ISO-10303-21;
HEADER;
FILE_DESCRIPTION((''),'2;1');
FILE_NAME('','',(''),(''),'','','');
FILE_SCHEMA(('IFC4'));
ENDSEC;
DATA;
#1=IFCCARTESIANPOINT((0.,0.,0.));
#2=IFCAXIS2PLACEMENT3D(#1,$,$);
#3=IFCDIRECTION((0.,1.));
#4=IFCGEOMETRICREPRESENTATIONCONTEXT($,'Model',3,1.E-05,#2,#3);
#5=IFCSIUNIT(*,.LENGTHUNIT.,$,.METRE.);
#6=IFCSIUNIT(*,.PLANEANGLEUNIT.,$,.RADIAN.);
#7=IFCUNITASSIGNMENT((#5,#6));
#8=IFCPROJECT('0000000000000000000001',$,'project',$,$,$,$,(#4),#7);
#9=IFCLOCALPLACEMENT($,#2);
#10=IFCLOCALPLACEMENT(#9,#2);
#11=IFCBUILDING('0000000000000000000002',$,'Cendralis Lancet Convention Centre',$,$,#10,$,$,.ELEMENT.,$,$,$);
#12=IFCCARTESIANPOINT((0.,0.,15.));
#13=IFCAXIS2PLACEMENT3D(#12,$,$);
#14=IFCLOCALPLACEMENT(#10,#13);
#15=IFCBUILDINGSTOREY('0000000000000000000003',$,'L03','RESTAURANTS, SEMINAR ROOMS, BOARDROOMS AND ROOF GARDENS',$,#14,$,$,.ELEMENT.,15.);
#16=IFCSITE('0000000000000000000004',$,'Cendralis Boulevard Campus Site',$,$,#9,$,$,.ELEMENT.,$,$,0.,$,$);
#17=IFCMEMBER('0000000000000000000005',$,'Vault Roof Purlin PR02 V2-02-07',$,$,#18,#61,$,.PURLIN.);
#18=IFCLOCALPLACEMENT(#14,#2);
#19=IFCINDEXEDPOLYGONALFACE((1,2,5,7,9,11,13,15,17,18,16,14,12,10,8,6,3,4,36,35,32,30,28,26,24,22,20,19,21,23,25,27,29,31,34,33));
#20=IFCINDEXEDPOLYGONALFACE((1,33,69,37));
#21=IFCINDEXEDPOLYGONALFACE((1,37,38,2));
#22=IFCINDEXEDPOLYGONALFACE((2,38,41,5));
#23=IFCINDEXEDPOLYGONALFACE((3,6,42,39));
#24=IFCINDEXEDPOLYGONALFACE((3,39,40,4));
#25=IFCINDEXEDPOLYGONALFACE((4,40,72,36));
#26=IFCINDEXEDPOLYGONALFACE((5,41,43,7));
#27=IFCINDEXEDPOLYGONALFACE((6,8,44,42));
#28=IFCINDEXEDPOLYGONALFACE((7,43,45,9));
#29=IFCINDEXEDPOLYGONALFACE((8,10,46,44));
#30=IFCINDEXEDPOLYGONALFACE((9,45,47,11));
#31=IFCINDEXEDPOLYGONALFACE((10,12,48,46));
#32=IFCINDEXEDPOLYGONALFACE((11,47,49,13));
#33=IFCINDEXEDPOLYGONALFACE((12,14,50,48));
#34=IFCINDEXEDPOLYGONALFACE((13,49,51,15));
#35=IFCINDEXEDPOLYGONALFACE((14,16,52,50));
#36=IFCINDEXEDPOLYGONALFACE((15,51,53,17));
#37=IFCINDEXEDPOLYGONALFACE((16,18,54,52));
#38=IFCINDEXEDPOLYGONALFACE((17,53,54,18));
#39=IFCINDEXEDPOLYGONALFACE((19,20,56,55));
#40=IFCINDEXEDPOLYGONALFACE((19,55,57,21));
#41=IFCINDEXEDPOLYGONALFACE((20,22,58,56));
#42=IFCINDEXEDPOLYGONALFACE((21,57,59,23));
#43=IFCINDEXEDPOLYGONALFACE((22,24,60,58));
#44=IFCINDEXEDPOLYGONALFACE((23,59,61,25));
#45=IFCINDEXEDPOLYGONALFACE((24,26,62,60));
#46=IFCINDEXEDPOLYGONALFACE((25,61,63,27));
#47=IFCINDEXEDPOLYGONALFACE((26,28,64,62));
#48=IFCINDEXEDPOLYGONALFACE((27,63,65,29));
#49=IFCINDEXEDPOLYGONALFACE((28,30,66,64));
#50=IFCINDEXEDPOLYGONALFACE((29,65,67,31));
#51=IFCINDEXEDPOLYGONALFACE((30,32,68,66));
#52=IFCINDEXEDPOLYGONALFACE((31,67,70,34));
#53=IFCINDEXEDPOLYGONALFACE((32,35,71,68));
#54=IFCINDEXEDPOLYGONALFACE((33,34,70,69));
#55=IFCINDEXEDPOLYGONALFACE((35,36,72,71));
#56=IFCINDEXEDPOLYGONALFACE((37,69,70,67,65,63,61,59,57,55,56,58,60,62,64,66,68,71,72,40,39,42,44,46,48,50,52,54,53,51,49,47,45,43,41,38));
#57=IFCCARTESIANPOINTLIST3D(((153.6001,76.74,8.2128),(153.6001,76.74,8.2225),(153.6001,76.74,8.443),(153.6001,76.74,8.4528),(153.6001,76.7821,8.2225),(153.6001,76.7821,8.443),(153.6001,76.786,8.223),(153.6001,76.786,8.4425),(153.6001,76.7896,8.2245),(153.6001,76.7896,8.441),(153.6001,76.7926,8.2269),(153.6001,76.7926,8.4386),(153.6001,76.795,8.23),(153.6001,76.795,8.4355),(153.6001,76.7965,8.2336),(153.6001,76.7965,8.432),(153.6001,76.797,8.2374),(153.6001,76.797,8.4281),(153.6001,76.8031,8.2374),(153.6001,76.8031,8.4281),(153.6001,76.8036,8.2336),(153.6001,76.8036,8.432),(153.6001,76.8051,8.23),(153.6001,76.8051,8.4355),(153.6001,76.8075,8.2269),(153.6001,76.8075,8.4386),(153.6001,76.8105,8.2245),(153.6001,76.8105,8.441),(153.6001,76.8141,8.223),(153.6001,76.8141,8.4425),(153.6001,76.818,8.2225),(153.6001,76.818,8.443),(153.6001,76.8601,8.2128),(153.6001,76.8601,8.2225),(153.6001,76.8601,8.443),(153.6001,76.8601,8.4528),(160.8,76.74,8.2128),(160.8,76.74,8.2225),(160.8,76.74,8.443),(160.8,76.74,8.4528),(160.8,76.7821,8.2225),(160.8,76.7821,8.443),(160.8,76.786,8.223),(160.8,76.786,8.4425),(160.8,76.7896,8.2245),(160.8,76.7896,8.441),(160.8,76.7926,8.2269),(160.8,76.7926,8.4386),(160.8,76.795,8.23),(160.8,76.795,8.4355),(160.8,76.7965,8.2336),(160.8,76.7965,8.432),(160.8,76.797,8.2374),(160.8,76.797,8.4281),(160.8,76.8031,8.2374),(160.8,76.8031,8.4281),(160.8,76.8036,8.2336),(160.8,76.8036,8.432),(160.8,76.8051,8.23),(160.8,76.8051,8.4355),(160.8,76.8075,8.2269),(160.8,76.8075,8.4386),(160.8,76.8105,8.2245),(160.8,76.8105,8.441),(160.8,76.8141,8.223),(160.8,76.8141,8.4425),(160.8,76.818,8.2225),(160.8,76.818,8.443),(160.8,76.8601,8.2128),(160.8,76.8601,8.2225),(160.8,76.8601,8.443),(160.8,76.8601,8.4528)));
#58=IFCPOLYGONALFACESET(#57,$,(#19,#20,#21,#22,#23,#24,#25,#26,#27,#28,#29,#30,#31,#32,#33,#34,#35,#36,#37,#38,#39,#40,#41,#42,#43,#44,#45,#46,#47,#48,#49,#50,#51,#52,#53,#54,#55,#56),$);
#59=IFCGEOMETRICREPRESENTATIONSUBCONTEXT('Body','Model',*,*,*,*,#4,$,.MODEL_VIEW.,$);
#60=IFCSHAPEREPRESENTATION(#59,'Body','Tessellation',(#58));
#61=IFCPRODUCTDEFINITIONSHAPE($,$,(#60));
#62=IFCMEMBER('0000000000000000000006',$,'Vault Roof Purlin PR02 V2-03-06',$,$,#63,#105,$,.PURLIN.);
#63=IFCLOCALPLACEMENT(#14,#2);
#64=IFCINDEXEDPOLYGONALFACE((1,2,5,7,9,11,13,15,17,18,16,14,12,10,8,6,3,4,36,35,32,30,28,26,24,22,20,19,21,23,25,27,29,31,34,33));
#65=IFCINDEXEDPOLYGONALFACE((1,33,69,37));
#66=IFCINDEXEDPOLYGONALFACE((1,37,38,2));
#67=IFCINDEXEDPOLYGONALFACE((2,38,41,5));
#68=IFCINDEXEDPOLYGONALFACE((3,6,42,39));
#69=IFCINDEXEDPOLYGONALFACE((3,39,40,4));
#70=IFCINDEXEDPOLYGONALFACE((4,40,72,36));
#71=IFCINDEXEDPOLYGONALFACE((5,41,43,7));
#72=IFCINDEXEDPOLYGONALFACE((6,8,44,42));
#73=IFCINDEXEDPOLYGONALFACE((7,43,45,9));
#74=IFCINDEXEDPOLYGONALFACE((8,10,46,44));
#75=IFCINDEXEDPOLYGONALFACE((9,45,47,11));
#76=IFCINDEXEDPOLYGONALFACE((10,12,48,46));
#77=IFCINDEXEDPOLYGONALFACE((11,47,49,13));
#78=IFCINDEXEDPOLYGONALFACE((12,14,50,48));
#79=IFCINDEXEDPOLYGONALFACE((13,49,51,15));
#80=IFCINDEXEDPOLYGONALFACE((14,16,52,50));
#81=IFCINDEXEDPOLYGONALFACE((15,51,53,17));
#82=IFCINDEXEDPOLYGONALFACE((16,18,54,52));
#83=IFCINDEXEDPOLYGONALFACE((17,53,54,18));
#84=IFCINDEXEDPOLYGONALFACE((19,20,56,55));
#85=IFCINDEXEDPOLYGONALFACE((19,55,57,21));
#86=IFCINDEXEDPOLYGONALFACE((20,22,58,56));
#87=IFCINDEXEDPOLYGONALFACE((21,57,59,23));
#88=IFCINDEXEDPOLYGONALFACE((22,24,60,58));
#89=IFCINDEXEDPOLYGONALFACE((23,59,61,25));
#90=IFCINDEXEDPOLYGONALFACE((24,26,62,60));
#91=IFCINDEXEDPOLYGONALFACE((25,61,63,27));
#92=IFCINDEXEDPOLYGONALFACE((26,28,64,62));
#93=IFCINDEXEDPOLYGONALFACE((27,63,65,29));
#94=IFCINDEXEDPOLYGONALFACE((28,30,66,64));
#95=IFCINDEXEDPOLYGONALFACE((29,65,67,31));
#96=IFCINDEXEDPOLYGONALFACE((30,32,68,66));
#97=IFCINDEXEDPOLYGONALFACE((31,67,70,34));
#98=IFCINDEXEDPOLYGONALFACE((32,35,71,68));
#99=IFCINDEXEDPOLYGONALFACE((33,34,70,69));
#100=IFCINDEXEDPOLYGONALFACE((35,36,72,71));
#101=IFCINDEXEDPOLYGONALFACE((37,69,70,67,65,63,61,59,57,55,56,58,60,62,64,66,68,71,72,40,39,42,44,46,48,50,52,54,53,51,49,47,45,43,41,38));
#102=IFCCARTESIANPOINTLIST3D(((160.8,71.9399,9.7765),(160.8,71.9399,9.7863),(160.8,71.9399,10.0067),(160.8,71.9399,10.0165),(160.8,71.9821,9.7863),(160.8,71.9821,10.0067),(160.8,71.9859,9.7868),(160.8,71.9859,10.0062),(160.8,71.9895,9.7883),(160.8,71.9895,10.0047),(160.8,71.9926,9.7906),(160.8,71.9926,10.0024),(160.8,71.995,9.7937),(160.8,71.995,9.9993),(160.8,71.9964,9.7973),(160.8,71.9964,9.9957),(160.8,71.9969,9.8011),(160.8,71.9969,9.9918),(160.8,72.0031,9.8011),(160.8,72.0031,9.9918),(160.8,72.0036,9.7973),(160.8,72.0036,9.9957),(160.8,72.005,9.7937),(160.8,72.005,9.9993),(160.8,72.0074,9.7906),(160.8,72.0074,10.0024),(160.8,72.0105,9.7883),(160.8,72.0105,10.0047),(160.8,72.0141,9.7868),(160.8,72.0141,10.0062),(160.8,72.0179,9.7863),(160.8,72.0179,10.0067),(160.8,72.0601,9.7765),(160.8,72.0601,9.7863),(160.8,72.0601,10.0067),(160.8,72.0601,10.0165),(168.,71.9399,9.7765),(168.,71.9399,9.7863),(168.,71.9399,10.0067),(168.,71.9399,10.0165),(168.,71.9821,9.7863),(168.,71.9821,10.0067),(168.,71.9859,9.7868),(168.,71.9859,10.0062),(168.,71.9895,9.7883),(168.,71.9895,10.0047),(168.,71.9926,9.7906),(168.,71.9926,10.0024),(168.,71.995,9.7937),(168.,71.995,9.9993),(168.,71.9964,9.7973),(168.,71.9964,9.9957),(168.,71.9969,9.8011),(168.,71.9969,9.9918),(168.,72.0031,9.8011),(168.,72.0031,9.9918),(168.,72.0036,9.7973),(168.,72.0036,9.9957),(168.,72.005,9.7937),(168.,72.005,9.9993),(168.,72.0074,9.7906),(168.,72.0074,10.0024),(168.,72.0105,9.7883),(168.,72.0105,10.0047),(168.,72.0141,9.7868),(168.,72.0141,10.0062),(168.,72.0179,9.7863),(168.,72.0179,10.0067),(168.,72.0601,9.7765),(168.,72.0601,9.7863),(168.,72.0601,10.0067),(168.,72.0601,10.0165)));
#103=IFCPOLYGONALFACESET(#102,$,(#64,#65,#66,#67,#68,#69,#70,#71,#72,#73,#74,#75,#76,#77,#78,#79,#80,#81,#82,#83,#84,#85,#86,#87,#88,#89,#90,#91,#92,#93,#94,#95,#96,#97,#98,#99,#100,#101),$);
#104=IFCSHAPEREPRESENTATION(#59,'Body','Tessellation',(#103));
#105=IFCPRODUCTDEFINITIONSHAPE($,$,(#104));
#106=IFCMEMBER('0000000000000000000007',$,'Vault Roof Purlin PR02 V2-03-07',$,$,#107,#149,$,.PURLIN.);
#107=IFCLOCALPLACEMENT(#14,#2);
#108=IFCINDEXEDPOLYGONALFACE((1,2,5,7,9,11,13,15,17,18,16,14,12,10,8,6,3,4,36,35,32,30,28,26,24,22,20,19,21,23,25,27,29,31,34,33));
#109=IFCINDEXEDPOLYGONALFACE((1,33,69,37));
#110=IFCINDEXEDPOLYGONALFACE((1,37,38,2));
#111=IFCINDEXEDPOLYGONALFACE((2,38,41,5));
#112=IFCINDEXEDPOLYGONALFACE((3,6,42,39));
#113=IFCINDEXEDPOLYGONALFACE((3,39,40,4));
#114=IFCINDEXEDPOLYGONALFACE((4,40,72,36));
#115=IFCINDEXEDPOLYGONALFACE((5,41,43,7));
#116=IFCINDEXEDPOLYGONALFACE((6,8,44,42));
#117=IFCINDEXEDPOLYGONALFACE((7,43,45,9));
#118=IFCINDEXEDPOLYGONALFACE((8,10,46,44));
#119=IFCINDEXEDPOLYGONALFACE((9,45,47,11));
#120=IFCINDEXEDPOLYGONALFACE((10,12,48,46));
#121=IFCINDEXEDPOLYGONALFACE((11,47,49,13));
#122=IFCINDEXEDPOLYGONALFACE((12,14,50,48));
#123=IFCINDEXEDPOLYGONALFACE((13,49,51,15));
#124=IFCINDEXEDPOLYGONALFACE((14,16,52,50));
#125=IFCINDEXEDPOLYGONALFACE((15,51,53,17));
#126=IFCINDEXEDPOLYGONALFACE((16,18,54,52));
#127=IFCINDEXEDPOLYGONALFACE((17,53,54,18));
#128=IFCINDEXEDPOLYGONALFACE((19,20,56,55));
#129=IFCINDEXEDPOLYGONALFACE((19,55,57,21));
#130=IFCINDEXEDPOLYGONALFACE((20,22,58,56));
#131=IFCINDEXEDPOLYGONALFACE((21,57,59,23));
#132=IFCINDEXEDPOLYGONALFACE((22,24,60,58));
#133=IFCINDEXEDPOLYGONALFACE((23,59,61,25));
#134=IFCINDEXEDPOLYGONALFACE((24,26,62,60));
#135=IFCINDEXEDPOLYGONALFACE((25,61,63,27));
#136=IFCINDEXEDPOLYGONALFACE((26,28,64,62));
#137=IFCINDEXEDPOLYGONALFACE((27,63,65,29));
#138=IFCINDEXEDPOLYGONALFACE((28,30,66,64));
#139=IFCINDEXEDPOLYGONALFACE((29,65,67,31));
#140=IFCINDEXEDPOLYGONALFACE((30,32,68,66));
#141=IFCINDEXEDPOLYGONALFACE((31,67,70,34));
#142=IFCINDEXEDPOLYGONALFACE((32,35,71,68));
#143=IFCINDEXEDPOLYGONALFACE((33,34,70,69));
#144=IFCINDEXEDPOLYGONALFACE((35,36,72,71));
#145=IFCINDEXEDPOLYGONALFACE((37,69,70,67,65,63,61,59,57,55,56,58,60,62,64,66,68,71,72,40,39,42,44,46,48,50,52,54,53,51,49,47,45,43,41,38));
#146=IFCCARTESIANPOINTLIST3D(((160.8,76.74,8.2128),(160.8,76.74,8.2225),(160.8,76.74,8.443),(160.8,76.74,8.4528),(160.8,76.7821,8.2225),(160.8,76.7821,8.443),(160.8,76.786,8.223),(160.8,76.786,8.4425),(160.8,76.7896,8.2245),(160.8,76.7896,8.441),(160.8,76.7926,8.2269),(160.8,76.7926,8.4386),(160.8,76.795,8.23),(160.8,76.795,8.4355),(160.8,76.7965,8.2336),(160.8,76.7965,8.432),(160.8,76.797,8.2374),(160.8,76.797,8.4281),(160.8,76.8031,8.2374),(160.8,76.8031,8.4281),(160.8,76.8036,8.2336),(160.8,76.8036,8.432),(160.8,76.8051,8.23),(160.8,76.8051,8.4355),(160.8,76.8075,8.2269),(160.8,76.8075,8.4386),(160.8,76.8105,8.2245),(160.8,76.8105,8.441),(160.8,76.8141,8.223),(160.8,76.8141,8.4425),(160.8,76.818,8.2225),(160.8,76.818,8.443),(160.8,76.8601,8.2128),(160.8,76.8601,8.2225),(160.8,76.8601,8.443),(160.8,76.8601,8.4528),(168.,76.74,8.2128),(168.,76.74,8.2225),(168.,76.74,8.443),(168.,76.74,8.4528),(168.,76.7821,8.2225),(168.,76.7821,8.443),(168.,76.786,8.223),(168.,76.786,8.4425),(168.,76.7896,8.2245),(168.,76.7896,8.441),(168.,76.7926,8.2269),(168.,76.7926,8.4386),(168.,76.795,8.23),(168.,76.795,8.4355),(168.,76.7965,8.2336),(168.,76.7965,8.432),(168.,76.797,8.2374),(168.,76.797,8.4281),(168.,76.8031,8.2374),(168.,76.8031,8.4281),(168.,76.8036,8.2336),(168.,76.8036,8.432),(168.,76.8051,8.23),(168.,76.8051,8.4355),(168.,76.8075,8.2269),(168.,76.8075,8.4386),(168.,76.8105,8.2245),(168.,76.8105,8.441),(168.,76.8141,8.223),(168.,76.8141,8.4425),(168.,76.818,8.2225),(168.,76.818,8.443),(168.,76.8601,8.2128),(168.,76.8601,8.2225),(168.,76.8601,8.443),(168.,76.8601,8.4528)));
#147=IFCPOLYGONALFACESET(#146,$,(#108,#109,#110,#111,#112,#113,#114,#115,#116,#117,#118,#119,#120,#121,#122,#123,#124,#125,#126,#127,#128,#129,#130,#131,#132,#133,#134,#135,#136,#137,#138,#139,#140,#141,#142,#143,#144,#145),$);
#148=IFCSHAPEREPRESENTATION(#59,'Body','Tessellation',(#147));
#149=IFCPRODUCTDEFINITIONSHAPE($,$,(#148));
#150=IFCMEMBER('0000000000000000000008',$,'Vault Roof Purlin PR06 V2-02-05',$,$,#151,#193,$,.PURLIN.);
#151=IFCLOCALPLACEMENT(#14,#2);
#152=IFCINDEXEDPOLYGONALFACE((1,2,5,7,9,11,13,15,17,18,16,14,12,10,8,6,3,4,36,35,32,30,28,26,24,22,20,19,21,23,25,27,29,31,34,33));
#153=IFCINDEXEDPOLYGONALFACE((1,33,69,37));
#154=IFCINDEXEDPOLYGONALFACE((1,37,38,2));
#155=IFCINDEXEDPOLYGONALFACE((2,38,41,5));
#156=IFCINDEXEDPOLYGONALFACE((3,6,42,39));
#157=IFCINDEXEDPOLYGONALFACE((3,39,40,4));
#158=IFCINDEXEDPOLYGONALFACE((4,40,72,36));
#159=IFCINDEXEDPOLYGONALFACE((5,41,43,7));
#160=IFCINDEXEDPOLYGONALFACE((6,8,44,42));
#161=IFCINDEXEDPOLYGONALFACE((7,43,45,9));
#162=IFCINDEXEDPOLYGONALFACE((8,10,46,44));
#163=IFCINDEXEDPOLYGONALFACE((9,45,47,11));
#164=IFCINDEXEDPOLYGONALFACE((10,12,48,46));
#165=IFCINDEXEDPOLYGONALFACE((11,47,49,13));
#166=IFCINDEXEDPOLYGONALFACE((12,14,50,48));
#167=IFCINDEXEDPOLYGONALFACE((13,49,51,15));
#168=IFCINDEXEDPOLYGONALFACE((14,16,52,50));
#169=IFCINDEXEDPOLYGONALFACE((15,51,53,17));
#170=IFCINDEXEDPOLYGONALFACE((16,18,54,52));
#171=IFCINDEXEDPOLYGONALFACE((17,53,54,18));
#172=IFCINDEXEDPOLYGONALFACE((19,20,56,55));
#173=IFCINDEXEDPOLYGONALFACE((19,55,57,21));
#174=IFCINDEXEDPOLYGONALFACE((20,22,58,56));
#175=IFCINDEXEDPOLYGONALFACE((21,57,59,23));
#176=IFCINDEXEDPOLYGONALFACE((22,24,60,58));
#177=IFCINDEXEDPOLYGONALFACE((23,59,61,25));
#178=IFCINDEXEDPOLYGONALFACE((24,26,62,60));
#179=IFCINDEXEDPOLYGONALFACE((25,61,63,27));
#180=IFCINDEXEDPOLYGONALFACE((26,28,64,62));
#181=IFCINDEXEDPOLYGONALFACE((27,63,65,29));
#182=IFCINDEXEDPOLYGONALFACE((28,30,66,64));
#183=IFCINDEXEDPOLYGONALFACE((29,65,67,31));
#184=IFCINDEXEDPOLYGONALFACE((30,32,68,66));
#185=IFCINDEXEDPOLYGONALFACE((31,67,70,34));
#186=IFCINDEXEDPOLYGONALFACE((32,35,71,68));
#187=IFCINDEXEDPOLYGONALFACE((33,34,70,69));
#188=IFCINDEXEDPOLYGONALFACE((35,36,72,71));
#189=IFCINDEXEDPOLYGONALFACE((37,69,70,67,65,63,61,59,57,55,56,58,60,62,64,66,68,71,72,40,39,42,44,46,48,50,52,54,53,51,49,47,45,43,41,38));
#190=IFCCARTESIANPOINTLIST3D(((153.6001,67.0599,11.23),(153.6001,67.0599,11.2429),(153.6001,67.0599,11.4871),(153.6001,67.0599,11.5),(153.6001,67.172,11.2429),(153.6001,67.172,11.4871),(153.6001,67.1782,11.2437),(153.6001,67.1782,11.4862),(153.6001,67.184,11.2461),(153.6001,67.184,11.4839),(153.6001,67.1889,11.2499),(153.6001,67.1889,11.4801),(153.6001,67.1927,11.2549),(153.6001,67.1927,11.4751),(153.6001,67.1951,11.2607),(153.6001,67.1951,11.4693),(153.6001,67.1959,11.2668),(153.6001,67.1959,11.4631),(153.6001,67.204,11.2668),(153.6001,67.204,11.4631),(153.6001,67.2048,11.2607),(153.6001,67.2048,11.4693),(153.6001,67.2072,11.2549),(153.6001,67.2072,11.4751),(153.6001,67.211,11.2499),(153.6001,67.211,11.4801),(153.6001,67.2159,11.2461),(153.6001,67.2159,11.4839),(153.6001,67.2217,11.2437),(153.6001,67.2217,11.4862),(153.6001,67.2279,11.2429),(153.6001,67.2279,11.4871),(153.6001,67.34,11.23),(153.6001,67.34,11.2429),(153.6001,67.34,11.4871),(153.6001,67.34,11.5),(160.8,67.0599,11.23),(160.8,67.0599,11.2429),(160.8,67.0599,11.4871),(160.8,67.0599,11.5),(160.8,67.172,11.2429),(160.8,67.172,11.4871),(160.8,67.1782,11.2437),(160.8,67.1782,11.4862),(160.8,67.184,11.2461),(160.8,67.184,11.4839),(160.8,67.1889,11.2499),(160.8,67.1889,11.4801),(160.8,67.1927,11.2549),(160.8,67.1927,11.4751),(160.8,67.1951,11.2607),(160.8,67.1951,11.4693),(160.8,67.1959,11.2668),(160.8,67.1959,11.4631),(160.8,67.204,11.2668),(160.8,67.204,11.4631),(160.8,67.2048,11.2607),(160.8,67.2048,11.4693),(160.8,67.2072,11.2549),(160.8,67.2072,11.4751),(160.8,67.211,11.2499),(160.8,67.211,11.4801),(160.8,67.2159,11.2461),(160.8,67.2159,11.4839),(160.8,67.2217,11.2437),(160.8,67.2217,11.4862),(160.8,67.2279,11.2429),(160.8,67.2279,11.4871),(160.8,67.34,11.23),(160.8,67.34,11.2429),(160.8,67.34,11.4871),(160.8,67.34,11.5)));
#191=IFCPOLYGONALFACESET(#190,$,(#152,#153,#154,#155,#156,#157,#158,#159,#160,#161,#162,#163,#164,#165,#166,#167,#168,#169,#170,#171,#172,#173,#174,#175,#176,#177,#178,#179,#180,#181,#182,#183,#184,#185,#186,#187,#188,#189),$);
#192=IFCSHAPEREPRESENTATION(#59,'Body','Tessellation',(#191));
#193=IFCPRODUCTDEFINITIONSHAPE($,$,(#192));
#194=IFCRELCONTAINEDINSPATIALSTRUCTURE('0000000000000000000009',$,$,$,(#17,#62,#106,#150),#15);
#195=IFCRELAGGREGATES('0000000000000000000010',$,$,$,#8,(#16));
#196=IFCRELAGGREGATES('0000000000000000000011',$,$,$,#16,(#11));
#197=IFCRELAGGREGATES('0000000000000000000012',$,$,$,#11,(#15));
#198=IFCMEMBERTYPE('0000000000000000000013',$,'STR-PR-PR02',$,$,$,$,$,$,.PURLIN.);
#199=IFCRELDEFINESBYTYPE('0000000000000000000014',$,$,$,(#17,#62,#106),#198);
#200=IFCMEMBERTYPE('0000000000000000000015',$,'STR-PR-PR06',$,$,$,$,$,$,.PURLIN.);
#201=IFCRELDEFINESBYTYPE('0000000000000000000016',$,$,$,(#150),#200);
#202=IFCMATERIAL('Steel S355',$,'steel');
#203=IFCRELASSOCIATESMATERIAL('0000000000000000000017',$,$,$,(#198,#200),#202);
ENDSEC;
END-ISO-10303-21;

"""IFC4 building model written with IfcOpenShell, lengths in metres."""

from ifc_helpers import new_model, si_unit, direction, frame, origin, origin_2d, place, context, subcontext, project, spatial, i_section, extrude, material, material_profile, profile_set, type_object, element, save


model = new_model("IFC4")

# Units and contexts
model_context = context("Model", 3, precision=1e-05, world=origin(), true_north=direction((0.0, 1.0)))
body_context = subcontext(model_context, "Body", "Model", "MODEL_VIEW")
ifc_project = project(units=[si_unit("LENGTHUNIT", "METRE"), si_unit("PLANEANGLEUNIT", "RADIAN")], contexts=[model_context])

# Site, building, storey
site_placement = place(None, origin())
site = spatial("IfcSite", under=ifc_project, at=site_placement, Name="Cendralis Boulevard Campus Site", CompositionType="ELEMENT", RefElevation=0.0)
building_placement = place(site_placement, origin())
building = spatial("IfcBuilding", under=site, at=building_placement, Name="Cendralis Lancet Convention Centre", CompositionType="ELEMENT")
storey_placement = place(building_placement, frame((0.0, 0.0, 15.0)))
storey = spatial("IfcBuildingStorey", under=building, at=storey_placement, Name="L03", Description="RESTAURANTS, SEMINAR ROOMS, BOARDROOMS AND ROOF GARDENS", CompositionType="ELEMENT", Elevation=15.0)

# Shared definitions
ifc_material = material(Name="Steel S355", Category="steel")

# Members
ifc_material_profile_1 = material_profile(ifc_material, i_section(OverallWidth=0.1201, OverallDepth=0.24, WebThickness=0.0061, FlangeThickness=0.0098, FilletRadius=0.0149, at=origin_2d()), Name="IPE 240")
ifc_profile_set_1 = profile_set([ifc_material_profile_1], Name="Steel S355")
member_type_1 = type_object("IfcMemberType", Name="STR-PR-PR02", PredefinedType="PURLIN", material=ifc_profile_set_1)
for number, where, z_axis, x_axis, name in (
    (1, (153.6001, 76.8, 8.3328), (1.0, 0.0, 0.0), (0.0, 1.0, 0.0), "Vault Roof Purlin PR02 V2-02-07"),
    (2, (160.8, 72.0, 9.8965), (1.0, 0.0, 0.0), (0.0, 1.0, 0.0), "Vault Roof Purlin PR02 V2-03-06"),
    (3, (160.8, 76.8, 8.3328), (1.0, 0.0, 0.0), (0.0, 1.0, 0.0), "Vault Roof Purlin PR02 V2-03-07"),
):
    element("IfcMember", number, at=place(storey_placement, frame(where, z_axis=z_axis, x_axis=x_axis)), inside=storey, type_object=member_type_1, Name=name, PredefinedType="PURLIN", context=body_context, shape_type="SweptSolid", body=[
        extrude(i_section(OverallWidth=0.1201, OverallDepth=0.24, WebThickness=0.0061, FlangeThickness=0.0098, FilletRadius=0.0149, at=origin_2d()), origin(), (0.0, 0.0, 1.0), 7.2),
    ])
ifc_material_profile_2 = material_profile(ifc_material, i_section(OverallWidth=0.28, OverallDepth=0.27, WebThickness=0.0081, FlangeThickness=0.0129, FilletRadius=0.0239, at=origin_2d()), Name="HEA 280")
ifc_profile_set_2 = profile_set([ifc_material_profile_2], Name="Steel S355")
member_type_2 = type_object("IfcMemberType", Name="STR-PR-PR06", PredefinedType="PURLIN", material=ifc_profile_set_2)
for number, where, z_axis, x_axis, name in (
    (4, (153.6001, 67.2, 11.365), (1.0, 0.0, 0.0), (0.0, 1.0, 0.0), "Vault Roof Purlin PR06 V2-02-05"),
):
    element("IfcMember", number, at=place(storey_placement, frame(where, z_axis=z_axis, x_axis=x_axis)), inside=storey, type_object=member_type_2, Name=name, PredefinedType="PURLIN", context=body_context, shape_type="SweptSolid", body=[
        extrude(i_section(OverallWidth=0.28, OverallDepth=0.27, WebThickness=0.0081, FlangeThickness=0.0129, FilletRadius=0.0239, at=origin_2d()), origin(), (0.0, 0.0, 1.0), 7.2),
    ])

save(model, "model.ifc")
